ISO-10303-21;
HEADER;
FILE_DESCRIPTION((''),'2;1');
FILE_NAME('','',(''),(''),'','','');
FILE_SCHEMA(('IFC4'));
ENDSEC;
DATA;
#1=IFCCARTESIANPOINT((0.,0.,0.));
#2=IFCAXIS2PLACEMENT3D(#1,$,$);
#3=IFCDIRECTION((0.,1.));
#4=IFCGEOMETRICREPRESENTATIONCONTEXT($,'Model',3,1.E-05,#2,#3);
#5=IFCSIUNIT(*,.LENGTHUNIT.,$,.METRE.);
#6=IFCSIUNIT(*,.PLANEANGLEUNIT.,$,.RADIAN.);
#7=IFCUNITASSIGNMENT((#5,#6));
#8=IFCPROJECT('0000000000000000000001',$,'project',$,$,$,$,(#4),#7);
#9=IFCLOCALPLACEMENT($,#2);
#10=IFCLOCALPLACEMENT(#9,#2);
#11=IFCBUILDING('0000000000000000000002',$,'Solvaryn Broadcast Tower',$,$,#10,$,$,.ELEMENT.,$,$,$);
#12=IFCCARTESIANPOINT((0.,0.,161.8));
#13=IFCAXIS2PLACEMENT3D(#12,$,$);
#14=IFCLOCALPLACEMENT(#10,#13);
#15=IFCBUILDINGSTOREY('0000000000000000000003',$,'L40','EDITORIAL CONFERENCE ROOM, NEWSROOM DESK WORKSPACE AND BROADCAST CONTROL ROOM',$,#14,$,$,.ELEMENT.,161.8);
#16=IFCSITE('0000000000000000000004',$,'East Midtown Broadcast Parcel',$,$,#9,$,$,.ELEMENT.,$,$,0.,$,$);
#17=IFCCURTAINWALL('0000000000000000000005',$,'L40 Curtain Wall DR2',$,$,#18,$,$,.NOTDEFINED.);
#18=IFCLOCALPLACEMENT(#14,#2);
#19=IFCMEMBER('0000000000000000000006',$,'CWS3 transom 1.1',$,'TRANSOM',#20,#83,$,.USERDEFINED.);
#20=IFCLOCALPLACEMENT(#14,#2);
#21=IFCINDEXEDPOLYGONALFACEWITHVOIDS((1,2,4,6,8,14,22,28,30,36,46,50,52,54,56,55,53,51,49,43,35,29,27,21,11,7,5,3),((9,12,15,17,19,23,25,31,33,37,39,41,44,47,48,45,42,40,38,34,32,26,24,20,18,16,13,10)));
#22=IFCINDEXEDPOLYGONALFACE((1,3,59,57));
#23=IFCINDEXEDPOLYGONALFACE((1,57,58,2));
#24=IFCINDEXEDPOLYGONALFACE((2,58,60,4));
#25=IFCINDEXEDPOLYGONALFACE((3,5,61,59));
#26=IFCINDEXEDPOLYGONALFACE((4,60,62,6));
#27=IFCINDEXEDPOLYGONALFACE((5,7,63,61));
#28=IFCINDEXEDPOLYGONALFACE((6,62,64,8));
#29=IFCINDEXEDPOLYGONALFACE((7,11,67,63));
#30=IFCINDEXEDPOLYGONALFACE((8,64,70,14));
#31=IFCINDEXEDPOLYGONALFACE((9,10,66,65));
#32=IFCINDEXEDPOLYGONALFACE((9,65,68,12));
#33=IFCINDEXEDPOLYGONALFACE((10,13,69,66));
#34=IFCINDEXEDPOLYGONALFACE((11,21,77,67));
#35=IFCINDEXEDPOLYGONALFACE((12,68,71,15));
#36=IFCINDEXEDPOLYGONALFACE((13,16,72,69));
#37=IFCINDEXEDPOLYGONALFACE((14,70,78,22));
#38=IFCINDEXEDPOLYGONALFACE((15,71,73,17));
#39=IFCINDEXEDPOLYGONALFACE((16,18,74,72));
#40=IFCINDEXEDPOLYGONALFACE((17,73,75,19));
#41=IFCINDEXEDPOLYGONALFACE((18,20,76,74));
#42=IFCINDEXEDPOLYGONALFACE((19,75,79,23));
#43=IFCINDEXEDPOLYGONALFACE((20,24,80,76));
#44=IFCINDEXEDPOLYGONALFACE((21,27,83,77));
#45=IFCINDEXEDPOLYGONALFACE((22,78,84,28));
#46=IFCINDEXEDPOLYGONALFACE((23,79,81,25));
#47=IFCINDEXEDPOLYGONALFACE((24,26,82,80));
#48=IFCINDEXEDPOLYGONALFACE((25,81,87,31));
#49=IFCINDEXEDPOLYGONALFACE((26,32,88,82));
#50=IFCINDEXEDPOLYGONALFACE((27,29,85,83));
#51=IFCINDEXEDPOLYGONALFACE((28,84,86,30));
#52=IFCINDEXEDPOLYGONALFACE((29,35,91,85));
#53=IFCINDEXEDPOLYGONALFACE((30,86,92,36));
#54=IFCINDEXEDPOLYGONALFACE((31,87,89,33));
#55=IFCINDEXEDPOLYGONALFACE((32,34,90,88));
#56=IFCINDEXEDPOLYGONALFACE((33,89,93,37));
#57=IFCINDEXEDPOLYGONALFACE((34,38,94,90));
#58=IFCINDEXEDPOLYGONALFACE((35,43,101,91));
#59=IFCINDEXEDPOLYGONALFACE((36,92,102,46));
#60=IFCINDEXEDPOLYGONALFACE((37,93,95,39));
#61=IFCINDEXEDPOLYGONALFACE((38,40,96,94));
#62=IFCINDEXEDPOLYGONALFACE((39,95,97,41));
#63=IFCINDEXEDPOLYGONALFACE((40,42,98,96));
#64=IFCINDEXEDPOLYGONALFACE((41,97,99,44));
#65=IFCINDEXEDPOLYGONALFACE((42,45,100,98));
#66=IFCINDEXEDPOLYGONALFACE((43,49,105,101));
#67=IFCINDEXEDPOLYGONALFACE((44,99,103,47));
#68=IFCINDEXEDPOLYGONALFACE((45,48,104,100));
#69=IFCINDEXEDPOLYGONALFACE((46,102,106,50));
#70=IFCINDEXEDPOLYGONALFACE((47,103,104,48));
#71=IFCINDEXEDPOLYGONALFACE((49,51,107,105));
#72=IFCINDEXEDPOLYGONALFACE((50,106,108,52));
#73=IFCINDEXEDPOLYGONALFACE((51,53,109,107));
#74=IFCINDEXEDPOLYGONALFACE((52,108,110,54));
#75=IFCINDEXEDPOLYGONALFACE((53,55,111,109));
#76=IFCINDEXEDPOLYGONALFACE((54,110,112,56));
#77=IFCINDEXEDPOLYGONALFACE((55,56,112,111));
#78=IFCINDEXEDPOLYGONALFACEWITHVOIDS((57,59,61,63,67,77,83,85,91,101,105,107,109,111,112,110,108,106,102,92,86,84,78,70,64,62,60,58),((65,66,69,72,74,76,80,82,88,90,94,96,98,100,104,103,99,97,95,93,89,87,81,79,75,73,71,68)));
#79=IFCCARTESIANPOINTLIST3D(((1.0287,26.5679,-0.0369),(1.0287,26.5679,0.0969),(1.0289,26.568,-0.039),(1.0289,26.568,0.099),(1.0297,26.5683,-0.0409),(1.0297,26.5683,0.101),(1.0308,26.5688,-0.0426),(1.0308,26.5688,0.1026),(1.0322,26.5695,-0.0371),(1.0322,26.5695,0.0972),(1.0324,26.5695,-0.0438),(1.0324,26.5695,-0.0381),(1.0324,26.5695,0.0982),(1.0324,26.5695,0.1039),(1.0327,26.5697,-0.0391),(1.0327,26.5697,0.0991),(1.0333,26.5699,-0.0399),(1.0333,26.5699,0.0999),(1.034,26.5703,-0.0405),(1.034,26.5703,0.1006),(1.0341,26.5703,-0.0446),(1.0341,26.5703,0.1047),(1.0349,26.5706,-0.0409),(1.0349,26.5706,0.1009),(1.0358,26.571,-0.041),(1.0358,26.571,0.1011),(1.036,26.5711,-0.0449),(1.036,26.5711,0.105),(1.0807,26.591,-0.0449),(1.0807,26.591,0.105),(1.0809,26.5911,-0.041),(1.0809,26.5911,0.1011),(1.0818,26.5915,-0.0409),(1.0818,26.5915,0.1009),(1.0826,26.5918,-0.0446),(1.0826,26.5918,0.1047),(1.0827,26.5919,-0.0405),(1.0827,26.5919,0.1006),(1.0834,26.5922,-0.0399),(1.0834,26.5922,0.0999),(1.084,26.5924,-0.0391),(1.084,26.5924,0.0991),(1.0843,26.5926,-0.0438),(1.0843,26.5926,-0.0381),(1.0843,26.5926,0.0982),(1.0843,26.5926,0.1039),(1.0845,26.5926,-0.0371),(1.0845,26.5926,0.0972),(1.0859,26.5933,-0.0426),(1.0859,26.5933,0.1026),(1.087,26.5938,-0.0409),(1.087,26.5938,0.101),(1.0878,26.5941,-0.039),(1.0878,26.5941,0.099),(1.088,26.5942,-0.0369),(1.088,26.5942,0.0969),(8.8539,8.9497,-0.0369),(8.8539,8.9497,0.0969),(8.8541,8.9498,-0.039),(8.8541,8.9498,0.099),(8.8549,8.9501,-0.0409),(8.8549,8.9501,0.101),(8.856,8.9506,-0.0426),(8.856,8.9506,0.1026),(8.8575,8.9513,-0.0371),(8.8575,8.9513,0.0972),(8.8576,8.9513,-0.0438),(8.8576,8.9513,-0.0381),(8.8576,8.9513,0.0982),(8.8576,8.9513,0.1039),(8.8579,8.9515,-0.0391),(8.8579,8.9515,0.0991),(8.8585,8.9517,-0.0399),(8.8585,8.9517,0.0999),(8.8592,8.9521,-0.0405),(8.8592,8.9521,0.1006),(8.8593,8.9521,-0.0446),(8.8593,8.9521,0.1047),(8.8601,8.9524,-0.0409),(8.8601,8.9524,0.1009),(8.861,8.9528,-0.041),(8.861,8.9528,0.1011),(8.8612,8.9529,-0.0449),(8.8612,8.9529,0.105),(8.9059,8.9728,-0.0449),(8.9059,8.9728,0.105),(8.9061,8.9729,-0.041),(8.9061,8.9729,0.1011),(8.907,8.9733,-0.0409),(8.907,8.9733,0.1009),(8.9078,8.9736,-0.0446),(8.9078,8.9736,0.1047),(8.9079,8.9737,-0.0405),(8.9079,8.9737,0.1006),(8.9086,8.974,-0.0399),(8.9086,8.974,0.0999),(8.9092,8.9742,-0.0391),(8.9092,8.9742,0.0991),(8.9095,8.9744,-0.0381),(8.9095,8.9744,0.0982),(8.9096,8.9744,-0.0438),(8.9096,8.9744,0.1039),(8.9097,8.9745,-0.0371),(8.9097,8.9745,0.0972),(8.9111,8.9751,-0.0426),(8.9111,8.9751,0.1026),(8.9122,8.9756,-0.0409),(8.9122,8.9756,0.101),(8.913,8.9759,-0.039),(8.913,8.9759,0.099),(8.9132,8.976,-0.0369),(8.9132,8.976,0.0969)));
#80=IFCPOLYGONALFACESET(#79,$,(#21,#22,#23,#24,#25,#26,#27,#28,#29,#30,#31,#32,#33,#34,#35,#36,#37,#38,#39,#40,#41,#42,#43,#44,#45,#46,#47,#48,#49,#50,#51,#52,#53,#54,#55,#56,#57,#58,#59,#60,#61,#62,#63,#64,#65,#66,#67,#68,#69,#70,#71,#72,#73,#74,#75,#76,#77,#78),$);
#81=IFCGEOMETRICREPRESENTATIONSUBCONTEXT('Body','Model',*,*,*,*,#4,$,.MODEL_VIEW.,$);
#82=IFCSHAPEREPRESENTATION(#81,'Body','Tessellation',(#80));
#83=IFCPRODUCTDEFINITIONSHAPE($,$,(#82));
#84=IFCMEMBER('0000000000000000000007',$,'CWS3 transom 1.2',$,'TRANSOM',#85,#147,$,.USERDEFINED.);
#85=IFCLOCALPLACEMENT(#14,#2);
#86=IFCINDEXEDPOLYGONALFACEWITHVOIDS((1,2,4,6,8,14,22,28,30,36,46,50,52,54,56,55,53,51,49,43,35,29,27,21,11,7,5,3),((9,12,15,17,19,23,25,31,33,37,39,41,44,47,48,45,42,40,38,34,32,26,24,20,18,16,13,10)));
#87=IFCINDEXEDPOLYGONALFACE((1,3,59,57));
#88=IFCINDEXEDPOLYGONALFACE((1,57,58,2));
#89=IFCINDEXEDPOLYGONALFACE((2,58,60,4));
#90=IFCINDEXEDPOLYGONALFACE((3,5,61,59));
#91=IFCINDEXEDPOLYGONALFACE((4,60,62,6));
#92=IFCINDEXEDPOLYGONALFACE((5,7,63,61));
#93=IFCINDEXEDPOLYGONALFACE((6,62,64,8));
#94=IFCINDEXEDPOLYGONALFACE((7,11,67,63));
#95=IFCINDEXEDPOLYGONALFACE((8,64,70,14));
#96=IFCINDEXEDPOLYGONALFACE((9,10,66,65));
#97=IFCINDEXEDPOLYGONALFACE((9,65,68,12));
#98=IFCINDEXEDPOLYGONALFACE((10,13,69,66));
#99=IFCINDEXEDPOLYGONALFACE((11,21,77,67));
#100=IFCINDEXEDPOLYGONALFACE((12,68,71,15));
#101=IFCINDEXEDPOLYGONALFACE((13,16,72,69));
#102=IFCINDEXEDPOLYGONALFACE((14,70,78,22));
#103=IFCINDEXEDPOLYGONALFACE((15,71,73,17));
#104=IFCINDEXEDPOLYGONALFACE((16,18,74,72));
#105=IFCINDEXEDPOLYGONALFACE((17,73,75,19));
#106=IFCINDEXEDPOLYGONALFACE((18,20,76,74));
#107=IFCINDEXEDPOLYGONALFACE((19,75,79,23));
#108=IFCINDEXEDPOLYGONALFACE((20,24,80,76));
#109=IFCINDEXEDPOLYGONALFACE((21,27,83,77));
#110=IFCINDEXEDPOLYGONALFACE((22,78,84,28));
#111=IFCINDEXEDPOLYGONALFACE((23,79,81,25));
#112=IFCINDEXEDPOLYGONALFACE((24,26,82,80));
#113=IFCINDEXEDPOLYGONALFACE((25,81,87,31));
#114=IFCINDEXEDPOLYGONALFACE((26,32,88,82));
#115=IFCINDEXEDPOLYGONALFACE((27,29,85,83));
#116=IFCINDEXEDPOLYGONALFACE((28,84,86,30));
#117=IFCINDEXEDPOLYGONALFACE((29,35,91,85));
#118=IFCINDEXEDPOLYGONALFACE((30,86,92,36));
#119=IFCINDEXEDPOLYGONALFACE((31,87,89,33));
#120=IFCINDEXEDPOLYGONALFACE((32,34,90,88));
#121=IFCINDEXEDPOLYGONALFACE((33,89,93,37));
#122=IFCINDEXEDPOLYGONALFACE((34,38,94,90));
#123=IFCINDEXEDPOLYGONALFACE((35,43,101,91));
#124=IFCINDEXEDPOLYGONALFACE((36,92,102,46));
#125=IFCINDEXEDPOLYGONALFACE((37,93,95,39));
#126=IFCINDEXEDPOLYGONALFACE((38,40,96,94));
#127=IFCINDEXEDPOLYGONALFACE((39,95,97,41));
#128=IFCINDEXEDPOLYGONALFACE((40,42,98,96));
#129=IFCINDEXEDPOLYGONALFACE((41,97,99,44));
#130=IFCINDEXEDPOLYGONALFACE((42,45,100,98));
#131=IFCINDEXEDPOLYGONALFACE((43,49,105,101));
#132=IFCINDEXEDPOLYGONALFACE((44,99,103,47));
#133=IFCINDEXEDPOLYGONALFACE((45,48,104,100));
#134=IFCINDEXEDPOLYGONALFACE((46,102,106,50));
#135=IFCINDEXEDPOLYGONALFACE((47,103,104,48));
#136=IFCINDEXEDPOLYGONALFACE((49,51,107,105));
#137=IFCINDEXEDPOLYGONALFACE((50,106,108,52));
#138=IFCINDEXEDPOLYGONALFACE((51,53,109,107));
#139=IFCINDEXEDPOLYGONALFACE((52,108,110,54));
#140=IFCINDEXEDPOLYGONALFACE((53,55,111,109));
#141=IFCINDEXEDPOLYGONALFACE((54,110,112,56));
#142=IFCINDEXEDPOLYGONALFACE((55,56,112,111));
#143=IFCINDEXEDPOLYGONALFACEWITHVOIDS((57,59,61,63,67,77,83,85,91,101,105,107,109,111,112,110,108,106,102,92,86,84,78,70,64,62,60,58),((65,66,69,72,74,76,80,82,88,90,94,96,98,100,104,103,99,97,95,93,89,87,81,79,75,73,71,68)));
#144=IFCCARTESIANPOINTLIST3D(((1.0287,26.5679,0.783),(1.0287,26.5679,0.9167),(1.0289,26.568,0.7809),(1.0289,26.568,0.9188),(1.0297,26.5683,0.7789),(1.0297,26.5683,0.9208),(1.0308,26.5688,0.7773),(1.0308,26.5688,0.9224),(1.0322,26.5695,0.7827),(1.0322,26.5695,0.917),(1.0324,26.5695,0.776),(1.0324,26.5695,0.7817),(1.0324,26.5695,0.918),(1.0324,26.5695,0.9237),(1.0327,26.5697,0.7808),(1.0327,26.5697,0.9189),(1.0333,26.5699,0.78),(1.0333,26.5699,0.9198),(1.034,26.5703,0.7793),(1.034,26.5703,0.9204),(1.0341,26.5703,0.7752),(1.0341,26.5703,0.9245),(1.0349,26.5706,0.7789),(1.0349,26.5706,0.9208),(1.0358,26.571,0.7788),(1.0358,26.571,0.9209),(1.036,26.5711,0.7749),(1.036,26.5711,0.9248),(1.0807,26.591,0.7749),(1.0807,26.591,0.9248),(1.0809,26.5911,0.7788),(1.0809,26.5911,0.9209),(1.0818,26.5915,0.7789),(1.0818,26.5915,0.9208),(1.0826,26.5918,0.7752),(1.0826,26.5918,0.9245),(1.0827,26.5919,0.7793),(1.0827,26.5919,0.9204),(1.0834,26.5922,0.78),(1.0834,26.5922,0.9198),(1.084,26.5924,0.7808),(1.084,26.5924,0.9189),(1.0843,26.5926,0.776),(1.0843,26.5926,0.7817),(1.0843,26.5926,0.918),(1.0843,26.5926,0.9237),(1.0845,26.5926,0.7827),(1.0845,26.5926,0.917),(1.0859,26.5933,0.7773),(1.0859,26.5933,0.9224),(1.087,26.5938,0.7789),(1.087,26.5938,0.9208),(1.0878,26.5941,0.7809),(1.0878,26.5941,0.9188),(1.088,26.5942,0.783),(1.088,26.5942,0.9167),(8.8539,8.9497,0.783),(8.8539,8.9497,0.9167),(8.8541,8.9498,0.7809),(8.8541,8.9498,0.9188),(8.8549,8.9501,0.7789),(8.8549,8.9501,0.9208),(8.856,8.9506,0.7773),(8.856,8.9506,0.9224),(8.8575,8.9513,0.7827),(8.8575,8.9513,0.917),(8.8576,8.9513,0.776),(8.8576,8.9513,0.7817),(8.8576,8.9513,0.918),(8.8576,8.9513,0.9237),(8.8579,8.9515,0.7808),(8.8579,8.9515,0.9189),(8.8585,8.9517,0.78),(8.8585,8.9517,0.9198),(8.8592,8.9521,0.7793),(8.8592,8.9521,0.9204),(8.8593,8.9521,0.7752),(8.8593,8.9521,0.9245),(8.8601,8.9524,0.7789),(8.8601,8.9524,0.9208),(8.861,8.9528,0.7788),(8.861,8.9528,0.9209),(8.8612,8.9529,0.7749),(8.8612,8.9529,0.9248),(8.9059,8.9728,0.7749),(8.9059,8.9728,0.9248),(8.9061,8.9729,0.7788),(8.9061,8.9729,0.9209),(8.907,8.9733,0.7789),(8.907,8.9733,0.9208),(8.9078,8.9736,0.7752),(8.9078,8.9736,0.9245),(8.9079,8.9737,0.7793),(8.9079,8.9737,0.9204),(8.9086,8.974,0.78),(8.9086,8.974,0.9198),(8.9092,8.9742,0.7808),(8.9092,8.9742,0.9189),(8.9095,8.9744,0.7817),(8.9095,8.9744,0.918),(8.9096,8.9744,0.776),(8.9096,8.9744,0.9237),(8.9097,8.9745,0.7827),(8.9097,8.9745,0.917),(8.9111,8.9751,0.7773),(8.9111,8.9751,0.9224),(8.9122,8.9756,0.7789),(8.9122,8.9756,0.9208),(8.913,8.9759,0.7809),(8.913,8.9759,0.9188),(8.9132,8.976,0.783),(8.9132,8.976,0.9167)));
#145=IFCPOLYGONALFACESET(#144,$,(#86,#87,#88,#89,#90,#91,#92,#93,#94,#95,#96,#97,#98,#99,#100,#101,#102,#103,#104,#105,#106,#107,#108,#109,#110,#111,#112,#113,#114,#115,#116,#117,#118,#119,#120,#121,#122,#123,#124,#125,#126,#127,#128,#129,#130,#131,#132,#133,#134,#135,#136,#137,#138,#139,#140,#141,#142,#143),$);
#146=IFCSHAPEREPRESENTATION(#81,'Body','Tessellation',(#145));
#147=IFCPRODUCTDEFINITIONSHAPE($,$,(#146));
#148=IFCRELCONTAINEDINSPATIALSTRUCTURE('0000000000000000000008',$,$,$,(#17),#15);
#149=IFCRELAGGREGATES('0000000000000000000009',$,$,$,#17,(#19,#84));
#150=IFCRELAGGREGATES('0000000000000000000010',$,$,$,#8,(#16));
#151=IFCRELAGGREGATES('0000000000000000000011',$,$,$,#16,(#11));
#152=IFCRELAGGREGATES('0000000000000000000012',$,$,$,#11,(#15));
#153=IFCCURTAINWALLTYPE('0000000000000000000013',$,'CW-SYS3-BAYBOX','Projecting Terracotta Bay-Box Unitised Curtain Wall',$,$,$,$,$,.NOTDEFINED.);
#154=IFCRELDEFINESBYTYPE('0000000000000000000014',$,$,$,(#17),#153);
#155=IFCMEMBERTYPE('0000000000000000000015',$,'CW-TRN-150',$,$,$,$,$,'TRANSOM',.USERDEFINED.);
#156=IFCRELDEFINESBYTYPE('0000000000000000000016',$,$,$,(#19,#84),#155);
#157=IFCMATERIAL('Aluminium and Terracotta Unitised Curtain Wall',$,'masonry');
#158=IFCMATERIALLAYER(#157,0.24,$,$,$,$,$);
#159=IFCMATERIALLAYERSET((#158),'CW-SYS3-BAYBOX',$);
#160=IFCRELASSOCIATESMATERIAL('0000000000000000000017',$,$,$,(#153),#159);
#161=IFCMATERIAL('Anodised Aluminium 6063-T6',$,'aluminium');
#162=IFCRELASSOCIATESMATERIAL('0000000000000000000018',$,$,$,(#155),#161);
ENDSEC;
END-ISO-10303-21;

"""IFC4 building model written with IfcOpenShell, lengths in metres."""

from ifc_helpers import new_model, si_unit, direction, frame, origin, origin_2d, place, context, subcontext, project, spatial, hollow_rectangle, extrude, material, layer, layer_set, material_profile, profile_set, type_object, element, aggregate, save


model = new_model("IFC4")

# Units and contexts
model_context = context("Model", 3, precision=1e-05, world=origin(), true_north=direction((0.0, 1.0)))
body_context = subcontext(model_context, "Body", "Model", "MODEL_VIEW")
ifc_project = project(units=[si_unit("LENGTHUNIT", "METRE"), si_unit("PLANEANGLEUNIT", "RADIAN")], contexts=[model_context])

# Site, building, storey
site_placement = place(None, origin())
site = spatial("IfcSite", under=ifc_project, at=site_placement, Name="East Midtown Broadcast Parcel", CompositionType="ELEMENT", RefElevation=0.0)
building_placement = place(site_placement, origin())
building = spatial("IfcBuilding", under=site, at=building_placement, Name="Solvaryn Broadcast Tower", CompositionType="ELEMENT")
storey_placement = place(building_placement, frame((0.0, 0.0, 161.8)))
storey = spatial("IfcBuildingStorey", under=building, at=storey_placement, Name="L40", Description="EDITORIAL CONFERENCE ROOM, NEWSROOM DESK WORKSPACE AND BROADCAST CONTROL ROOM", CompositionType="ELEMENT", Elevation=161.8)

# Curtain wall, members
ifc_material_1 = material(Name="Aluminium and Terracotta Unitised Curtain Wall", Category="masonry")
ifc_layer_1 = layer(ifc_material_1, 0.24)
ifc_layer_set_1 = layer_set([ifc_layer_1], Name="CW-SYS3-BAYBOX")
curtain_wall_type_1 = type_object("IfcCurtainWallType", Name="CW-SYS3-BAYBOX", Description="Projecting Terracotta Bay-Box Unitised Curtain Wall", PredefinedType="NOTDEFINED", material=ifc_layer_set_1)
curtain_wall_1_placement = place(storey_placement, origin())
curtain_wall_1 = element("IfcCurtainWall", 1, at=curtain_wall_1_placement, inside=storey, type_object=curtain_wall_type_1, Name="L40 Curtain Wall DR2", PredefinedType="NOTDEFINED")
ifc_material_2 = material(Name="Anodised Aluminium 6063-T6", Category="aluminium")
ifc_material_profile_1 = material_profile(ifc_material_2, hollow_rectangle(XDim=0.0649, YDim=0.1499, WallThickness=0.0039, InnerFilletRadius=0.0039, OuterFilletRadius=0.0081, at=origin_2d()))
ifc_profile_set_1 = profile_set([ifc_material_profile_1], Name="Anodised Aluminium 6063-T6")
member_type_1 = type_object("IfcMemberType", Name="CW-TRN-150", ElementType="TRANSOM", PredefinedType="USERDEFINED", material=ifc_profile_set_1)
member_1_placement = place(storey_placement, frame((1.0583, 26.5811, 0.03), z_axis=(0.405918, -0.91391, 0.0), x_axis=(0.91391, 0.405918, 0.0)))
member_1 = element("IfcMember", 2, at=member_1_placement, type_object=member_type_1, Name="CWS3 transom 1.1", ObjectType="TRANSOM", PredefinedType="USERDEFINED", context=body_context, shape_type="SweptSolid", body=[
    extrude(hollow_rectangle(XDim=0.0649, YDim=0.1499, WallThickness=0.0039, InnerFilletRadius=0.0039, OuterFilletRadius=0.0081, at=origin_2d()), origin(), (0.0, 0.0, 1.0), 19.2778),
])
member_2_placement = place(storey_placement, frame((1.0583, 26.5811, 0.8499), z_axis=(0.405918, -0.91391, 0.0), x_axis=(0.91391, 0.405918, 0.0)))
member_2 = element("IfcMember", 3, at=member_2_placement, type_object=member_type_1, Name="CWS3 transom 1.2", ObjectType="TRANSOM", PredefinedType="USERDEFINED", context=body_context, shape_type="SweptSolid", body=[
    extrude(hollow_rectangle(XDim=0.0649, YDim=0.1499, WallThickness=0.0039, InnerFilletRadius=0.0039, OuterFilletRadius=0.0081, at=origin_2d()), origin(), (0.0, 0.0, 1.0), 19.2778),
])
aggregate(curtain_wall_1, [member_1, member_2])

save(model, "model.ifc")
